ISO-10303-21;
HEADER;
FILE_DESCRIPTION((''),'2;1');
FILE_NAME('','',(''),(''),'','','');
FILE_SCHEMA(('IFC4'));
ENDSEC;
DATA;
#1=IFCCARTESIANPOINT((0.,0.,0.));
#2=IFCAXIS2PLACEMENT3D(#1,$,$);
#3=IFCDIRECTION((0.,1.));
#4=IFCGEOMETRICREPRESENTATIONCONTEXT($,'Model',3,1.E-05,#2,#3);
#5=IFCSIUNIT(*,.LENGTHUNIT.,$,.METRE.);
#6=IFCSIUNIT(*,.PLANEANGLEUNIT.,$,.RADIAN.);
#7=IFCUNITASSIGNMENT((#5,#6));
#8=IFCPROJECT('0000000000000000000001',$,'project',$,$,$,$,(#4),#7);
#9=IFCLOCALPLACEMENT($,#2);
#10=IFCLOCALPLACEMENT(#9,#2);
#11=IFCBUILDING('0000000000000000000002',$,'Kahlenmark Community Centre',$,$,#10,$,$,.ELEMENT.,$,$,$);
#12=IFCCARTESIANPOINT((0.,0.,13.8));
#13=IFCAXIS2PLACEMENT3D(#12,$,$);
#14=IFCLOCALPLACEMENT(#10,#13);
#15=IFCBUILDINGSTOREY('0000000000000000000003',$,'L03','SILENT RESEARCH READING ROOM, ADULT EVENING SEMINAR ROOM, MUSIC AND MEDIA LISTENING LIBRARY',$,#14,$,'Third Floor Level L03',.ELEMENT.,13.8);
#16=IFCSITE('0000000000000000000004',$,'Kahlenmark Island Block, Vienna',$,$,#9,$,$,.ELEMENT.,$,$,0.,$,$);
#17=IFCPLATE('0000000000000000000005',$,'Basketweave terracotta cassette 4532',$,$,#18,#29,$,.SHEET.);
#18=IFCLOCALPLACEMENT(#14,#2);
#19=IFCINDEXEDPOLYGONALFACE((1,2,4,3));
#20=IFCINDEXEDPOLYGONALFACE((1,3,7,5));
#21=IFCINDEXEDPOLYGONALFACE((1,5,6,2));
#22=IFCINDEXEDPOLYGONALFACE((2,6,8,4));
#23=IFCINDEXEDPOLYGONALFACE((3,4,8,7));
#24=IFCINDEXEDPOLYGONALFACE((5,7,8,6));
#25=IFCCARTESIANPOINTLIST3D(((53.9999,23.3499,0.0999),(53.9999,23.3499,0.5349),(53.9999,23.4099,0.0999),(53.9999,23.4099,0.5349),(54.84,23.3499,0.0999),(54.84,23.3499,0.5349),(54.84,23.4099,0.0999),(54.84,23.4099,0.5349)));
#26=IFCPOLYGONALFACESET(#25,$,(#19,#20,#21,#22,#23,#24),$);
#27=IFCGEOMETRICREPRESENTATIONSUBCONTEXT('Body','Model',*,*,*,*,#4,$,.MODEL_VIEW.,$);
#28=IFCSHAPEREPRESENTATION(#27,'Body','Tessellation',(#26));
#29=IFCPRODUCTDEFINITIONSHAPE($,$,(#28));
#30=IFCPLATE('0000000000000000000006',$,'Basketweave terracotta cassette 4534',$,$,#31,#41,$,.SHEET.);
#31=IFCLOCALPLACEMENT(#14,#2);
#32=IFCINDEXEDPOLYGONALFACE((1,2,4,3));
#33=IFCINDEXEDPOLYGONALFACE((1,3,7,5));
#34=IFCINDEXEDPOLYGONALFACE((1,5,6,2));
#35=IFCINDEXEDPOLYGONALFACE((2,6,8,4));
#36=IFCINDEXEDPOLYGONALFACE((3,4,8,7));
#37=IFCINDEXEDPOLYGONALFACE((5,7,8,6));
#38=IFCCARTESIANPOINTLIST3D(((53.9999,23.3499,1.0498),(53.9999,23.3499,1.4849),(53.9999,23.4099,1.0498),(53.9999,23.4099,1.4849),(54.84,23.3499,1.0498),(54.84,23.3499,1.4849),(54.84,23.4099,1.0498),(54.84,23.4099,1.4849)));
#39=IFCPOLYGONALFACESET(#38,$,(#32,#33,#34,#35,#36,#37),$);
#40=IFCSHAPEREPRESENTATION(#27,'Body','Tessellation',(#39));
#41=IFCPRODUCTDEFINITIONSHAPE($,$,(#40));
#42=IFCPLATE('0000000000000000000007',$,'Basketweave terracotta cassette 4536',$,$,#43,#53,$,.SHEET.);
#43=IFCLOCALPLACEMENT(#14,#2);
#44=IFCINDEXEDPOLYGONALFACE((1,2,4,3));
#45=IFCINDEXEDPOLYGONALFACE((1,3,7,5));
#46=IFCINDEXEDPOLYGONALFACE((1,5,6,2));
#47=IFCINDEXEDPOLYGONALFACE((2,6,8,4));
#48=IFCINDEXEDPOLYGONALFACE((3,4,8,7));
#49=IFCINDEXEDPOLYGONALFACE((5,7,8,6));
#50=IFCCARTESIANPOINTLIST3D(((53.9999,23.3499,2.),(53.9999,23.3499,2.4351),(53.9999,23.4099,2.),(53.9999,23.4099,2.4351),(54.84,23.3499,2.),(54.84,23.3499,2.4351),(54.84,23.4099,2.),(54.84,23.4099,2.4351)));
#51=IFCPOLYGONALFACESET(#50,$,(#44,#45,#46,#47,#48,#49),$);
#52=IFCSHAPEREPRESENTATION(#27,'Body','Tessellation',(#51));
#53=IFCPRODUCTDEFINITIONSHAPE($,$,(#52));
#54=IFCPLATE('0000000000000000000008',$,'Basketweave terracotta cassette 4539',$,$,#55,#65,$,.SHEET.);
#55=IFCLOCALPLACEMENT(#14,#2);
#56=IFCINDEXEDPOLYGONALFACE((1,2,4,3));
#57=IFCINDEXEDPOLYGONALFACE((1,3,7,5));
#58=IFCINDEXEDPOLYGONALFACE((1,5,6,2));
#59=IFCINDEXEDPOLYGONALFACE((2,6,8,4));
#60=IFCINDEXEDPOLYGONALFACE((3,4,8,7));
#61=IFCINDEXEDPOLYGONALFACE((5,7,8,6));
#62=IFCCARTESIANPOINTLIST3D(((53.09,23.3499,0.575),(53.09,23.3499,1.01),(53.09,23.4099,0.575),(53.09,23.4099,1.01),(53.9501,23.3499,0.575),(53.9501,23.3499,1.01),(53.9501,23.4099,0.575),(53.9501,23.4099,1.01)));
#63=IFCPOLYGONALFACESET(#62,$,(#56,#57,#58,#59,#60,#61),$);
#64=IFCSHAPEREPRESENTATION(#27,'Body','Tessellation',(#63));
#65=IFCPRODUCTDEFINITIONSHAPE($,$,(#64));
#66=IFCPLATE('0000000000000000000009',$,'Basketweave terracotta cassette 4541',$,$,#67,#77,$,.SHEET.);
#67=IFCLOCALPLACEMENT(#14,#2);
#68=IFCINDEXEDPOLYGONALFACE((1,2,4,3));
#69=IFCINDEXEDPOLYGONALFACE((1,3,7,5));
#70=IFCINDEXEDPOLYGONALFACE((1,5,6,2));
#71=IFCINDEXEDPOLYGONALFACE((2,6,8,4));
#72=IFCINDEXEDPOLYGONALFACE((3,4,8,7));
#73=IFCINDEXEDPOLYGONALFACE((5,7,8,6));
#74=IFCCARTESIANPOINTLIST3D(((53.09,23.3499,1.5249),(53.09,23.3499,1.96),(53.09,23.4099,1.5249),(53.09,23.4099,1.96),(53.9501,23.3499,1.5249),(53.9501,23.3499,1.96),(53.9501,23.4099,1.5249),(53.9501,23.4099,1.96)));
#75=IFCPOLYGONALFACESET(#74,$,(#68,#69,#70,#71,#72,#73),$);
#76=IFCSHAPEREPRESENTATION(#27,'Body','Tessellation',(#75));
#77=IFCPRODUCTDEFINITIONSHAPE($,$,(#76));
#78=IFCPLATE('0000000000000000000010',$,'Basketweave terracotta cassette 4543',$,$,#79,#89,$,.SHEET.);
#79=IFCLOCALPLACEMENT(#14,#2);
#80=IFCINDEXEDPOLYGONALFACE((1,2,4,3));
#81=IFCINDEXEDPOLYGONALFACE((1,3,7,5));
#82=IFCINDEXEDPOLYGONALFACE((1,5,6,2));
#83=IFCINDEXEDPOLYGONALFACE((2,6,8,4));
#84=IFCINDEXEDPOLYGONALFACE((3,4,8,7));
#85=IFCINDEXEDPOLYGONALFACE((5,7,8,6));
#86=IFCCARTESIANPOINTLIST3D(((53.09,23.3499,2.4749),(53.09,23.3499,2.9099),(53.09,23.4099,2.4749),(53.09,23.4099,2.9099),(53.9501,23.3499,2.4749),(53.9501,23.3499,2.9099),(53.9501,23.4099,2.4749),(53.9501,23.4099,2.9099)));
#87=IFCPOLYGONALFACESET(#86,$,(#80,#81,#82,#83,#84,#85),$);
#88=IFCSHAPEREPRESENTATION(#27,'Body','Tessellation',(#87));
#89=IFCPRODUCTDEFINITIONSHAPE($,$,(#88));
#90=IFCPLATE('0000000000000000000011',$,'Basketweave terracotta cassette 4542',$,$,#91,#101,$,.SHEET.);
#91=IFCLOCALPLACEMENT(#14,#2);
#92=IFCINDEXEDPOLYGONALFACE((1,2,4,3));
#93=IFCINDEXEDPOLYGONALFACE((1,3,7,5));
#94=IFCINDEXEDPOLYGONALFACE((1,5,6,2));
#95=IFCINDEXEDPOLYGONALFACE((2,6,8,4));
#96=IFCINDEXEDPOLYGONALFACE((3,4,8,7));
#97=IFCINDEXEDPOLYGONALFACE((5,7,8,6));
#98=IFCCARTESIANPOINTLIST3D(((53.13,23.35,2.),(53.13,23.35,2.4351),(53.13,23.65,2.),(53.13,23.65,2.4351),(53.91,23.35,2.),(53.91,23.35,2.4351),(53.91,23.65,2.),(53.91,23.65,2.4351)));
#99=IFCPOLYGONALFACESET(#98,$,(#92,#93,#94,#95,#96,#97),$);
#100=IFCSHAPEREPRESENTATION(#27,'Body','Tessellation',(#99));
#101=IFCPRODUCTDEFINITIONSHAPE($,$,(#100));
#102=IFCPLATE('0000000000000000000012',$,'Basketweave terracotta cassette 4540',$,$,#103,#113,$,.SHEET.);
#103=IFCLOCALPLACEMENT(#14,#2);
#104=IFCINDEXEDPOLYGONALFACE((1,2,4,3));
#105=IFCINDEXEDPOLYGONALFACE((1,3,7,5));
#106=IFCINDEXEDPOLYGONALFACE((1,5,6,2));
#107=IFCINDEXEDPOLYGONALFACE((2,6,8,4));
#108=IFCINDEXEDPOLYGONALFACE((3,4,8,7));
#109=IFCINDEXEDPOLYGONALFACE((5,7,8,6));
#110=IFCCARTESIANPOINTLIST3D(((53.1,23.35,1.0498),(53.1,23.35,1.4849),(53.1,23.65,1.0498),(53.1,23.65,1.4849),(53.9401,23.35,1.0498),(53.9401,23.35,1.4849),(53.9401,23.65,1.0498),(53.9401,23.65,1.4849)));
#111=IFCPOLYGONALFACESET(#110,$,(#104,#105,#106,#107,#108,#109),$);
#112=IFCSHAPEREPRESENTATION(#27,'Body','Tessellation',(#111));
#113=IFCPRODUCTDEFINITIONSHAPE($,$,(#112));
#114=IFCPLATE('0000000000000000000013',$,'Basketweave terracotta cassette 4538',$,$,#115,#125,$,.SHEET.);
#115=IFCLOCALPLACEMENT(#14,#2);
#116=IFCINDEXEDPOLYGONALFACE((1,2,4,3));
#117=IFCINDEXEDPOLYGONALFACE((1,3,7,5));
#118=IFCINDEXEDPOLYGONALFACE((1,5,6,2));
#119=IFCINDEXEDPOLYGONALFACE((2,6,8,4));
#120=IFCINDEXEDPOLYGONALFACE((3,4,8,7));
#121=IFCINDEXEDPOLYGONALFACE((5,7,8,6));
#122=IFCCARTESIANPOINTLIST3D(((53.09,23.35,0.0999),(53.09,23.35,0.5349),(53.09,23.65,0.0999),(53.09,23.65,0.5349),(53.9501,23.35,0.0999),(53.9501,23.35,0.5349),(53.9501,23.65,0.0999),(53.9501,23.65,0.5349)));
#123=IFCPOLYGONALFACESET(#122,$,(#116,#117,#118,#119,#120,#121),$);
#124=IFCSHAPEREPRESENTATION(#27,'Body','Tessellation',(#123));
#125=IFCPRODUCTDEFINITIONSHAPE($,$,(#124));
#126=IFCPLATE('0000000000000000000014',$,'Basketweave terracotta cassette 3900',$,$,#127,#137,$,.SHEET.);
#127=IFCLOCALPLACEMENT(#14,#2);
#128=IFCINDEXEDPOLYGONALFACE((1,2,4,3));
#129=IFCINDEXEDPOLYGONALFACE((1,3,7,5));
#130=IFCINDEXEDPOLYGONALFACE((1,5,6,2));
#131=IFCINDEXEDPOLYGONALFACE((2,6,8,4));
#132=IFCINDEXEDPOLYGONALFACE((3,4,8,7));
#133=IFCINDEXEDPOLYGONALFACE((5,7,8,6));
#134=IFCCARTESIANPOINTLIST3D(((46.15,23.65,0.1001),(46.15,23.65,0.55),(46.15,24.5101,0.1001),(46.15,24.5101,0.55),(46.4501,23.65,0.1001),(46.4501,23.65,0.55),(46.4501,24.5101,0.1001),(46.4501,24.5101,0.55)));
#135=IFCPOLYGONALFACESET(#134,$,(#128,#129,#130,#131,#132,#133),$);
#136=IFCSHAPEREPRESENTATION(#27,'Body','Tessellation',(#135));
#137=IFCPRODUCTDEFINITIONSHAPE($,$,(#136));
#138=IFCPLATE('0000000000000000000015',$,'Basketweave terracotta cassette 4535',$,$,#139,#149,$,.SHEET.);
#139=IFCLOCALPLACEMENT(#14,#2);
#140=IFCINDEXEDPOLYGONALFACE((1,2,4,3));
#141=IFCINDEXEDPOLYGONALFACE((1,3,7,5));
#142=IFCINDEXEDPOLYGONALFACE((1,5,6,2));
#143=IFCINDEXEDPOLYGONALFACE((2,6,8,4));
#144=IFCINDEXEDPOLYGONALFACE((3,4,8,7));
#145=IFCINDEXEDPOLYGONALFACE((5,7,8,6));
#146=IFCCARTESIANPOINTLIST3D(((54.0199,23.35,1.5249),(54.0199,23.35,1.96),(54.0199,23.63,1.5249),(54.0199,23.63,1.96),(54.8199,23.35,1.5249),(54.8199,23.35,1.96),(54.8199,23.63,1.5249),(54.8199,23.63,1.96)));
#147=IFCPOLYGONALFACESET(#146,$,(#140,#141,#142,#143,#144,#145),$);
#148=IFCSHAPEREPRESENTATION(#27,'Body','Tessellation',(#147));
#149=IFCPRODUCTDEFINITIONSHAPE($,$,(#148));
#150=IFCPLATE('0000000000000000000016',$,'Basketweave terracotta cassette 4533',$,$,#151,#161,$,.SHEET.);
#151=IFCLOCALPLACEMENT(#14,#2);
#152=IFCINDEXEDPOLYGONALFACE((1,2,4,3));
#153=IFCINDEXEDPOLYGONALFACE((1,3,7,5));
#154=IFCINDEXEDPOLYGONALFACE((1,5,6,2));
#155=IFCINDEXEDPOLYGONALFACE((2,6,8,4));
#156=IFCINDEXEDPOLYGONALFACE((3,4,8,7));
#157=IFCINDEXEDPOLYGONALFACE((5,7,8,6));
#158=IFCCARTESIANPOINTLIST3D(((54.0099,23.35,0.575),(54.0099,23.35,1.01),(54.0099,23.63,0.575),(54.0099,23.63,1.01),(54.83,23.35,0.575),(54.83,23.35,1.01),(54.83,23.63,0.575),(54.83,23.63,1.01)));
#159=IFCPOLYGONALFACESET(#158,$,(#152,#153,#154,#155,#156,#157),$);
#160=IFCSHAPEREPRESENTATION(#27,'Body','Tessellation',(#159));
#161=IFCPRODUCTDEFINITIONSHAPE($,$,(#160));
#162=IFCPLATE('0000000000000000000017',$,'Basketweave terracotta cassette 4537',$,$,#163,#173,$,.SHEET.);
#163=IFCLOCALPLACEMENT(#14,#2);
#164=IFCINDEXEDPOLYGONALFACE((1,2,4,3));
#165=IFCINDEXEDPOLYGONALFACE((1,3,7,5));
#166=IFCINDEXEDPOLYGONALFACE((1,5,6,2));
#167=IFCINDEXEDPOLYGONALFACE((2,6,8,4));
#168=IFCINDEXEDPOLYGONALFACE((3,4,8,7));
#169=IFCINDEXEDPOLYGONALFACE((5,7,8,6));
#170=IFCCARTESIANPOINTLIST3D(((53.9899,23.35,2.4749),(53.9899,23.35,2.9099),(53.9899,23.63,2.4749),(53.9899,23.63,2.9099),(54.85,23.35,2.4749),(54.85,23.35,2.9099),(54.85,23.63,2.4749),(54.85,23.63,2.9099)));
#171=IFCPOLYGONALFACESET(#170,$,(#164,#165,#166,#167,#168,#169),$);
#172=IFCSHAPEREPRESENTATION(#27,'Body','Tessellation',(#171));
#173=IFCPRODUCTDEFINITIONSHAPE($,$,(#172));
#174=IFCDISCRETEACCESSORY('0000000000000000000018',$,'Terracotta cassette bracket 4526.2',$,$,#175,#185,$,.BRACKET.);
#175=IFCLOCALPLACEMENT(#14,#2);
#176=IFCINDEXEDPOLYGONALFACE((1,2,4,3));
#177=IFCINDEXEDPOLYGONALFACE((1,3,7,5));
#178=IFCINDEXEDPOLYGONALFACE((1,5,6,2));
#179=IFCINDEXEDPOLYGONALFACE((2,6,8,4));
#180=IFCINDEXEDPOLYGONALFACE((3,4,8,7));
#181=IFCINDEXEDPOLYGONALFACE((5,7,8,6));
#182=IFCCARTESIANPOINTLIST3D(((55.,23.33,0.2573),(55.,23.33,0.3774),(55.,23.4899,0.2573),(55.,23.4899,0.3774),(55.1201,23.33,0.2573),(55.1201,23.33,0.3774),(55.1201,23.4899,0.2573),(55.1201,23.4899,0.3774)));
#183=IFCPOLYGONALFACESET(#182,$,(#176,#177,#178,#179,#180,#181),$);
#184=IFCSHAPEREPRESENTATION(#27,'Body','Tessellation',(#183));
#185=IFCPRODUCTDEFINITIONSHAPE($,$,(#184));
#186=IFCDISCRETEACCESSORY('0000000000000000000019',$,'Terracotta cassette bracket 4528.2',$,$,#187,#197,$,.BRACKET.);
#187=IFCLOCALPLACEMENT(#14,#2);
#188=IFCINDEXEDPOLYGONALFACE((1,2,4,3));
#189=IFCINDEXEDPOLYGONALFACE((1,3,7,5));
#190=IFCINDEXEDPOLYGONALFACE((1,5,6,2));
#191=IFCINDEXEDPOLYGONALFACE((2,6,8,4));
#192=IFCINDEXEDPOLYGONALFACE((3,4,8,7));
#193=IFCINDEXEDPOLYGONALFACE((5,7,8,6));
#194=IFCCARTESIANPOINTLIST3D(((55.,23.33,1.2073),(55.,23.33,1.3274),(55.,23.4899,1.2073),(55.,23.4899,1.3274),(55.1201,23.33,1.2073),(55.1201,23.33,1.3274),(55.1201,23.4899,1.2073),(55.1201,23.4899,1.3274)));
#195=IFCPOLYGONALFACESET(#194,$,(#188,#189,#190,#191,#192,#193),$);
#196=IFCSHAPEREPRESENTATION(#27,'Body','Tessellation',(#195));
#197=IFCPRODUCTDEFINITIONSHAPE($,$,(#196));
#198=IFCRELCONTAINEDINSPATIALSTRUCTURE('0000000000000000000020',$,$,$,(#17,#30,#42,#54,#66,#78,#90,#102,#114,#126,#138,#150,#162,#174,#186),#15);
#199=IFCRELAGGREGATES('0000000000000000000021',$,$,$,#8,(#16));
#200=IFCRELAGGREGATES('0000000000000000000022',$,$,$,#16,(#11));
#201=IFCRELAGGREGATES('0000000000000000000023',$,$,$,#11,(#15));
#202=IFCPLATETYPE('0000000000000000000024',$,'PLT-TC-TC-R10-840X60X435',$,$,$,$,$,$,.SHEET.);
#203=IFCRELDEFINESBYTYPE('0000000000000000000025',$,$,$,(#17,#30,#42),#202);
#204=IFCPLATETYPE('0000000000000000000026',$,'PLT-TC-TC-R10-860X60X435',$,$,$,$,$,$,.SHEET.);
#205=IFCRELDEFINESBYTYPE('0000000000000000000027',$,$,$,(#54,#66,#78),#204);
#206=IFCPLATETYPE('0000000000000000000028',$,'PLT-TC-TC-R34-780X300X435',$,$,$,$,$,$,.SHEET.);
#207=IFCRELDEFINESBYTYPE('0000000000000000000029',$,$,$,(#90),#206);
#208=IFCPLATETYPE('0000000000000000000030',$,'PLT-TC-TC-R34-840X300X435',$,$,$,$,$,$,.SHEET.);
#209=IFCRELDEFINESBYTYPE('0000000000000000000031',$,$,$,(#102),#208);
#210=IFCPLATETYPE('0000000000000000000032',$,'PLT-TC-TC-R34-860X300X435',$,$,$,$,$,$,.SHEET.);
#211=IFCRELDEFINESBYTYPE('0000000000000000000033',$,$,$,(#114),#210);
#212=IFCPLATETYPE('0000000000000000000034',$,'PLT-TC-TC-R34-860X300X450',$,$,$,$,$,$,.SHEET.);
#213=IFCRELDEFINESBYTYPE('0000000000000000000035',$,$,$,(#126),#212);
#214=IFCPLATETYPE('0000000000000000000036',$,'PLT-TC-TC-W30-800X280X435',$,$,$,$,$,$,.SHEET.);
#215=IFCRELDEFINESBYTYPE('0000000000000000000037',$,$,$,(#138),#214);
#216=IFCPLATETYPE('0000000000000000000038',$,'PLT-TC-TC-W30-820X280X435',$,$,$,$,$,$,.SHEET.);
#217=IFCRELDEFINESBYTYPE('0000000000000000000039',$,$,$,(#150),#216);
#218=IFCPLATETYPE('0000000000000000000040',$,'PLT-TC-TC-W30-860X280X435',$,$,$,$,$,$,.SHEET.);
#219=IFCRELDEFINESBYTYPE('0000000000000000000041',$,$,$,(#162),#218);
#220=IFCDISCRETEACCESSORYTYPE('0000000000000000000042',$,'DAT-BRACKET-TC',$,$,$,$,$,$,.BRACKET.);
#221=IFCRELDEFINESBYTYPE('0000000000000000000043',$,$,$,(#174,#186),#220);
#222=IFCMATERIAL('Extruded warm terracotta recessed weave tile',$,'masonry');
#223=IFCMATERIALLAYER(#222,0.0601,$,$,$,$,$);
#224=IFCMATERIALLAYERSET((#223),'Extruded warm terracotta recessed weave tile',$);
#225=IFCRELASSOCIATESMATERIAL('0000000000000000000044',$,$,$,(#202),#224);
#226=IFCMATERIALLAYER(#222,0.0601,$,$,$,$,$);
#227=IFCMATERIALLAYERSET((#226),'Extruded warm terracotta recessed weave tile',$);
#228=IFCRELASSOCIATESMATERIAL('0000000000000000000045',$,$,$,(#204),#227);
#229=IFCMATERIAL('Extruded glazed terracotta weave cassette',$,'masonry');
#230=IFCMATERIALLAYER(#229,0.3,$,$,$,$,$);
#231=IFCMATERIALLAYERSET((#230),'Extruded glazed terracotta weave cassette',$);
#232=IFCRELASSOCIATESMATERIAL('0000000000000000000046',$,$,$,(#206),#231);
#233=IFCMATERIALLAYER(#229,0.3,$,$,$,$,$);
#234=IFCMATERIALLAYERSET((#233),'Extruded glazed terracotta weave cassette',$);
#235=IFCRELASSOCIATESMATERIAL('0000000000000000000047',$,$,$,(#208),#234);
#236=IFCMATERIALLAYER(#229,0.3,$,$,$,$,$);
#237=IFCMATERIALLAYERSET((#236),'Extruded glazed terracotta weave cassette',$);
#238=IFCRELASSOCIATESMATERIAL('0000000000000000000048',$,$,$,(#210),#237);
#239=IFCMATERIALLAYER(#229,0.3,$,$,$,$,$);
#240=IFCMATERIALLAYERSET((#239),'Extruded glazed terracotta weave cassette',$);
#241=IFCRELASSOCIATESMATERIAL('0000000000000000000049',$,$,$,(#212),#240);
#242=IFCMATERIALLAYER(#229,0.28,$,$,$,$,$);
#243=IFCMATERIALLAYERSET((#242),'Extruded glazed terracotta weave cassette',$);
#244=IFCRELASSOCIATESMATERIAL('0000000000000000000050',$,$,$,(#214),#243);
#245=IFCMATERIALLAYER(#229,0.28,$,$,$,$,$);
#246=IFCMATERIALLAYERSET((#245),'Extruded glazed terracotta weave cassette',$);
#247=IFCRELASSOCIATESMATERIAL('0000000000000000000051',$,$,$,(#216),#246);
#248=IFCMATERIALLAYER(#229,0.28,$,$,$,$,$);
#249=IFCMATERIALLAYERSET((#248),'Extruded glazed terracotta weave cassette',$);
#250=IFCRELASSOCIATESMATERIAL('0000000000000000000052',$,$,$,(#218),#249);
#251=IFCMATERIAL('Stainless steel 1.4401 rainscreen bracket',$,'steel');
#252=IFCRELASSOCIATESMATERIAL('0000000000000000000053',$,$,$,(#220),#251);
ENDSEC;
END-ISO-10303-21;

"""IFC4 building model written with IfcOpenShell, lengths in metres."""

from ifc_helpers import new_model, si_unit, direction, frame, origin, origin_2d, place, context, subcontext, project, spatial, rectangle, extrude, material, layer, layer_set, type_object, element, save


model = new_model("IFC4")

# Units and contexts
model_context = context("Model", 3, precision=1e-05, world=origin(), true_north=direction((0.0, 1.0)))
body_context = subcontext(model_context, "Body", "Model", "MODEL_VIEW")
ifc_project = project(units=[si_unit("LENGTHUNIT", "METRE"), si_unit("PLANEANGLEUNIT", "RADIAN")], contexts=[model_context])

# Site, building, storey
site_placement = place(None, origin())
site = spatial("IfcSite", under=ifc_project, at=site_placement, Name="Kahlenmark Island Block, Vienna", CompositionType="ELEMENT", RefElevation=0.0)
building_placement = place(site_placement, origin())
building = spatial("IfcBuilding", under=site, at=building_placement, Name="Kahlenmark Community Centre", CompositionType="ELEMENT")
storey_placement = place(building_placement, frame((0.0, 0.0, 13.8)))
storey = spatial("IfcBuildingStorey", under=building, at=storey_placement, Name="L03", Description="SILENT RESEARCH READING ROOM, ADULT EVENING SEMINAR ROOM, MUSIC AND MEDIA LISTENING LIBRARY", LongName="Third Floor Level L03", CompositionType="ELEMENT", Elevation=13.8)

# Plates
ifc_material_1 = material(Name="Extruded warm terracotta recessed weave tile", Category="masonry")
ifc_layer_1 = layer(ifc_material_1, 0.0601)
ifc_layer_set_1 = layer_set([ifc_layer_1], Name="Extruded warm terracotta recessed weave tile")
plate_type_1 = type_object("IfcPlateType", Name="PLT-TC-TC-R10-840X60X435", PredefinedType="SHEET", material=ifc_layer_set_1)
for number, where, z_axis, x_axis, name in (
    (1, (54.4199, 23.3799, 0.0999), (0.0, 0.0, 1.0), (-1.0, 0.0, 0.0), "Basketweave terracotta cassette 4532"),
    (2, (54.4199, 23.3799, 1.0498), (0.0, 0.0, 1.0), (-1.0, 0.0, 0.0), "Basketweave terracotta cassette 4534"),
    (3, (54.4199, 23.3799, 2.0), (0.0, 0.0, 1.0), (-1.0, 0.0, 0.0), "Basketweave terracotta cassette 4536"),
):
    element("IfcPlate", number, at=place(storey_placement, frame(where, z_axis=z_axis, x_axis=x_axis)), inside=storey, type_object=plate_type_1, Name=name, PredefinedType="SHEET", context=body_context, shape_type="SweptSolid", body=[
        extrude(rectangle(XDim=0.8401, YDim=0.0601, at=origin_2d()), origin(), (0.0, 0.0, 1.0), 0.4351),
    ])
ifc_layer_2 = layer(ifc_material_1, 0.0601)
ifc_layer_set_2 = layer_set([ifc_layer_2], Name="Extruded warm terracotta recessed weave tile")
plate_type_2 = type_object("IfcPlateType", Name="PLT-TC-TC-R10-860X60X435", PredefinedType="SHEET", material=ifc_layer_set_2)
for number, where, z_axis, x_axis, name in (
    (4, (53.52, 23.3799, 0.575), (0.0, 0.0, 1.0), (-1.0, 0.0, 0.0), "Basketweave terracotta cassette 4539"),
    (5, (53.52, 23.3799, 1.5249), (0.0, 0.0, 1.0), (-1.0, 0.0, 0.0), "Basketweave terracotta cassette 4541"),
    (6, (53.52, 23.3799, 2.4749), (0.0, 0.0, 1.0), (-1.0, 0.0, 0.0), "Basketweave terracotta cassette 4543"),
):
    element("IfcPlate", number, at=place(storey_placement, frame(where, z_axis=z_axis, x_axis=x_axis)), inside=storey, type_object=plate_type_2, Name=name, PredefinedType="SHEET", context=body_context, shape_type="SweptSolid", body=[
        extrude(rectangle(XDim=0.8601, YDim=0.0601, at=origin_2d()), origin(), (0.0, 0.0, 1.0), 0.4351),
    ])
ifc_material_2 = material(Name="Extruded glazed terracotta weave cassette", Category="masonry")
ifc_layer_3 = layer(ifc_material_2, 0.3)
ifc_layer_set_3 = layer_set([ifc_layer_3], Name="Extruded glazed terracotta weave cassette")
plate_type_3 = type_object("IfcPlateType", Name="PLT-TC-TC-R34-780X300X435", PredefinedType="SHEET", material=ifc_layer_set_3)
plate_1_placement = place(storey_placement, frame((53.52, 23.5, 2.0), z_axis=(0.0, 0.0, 1.0), x_axis=(-1.0, 0.0, 0.0)))
element("IfcPlate", 7, at=plate_1_placement, inside=storey, type_object=plate_type_3, Name="Basketweave terracotta cassette 4542", PredefinedType="SHEET", context=body_context, shape_type="SweptSolid", body=[
    extrude(rectangle(XDim=0.78, YDim=0.3, at=origin_2d()), origin(), (0.0, 0.0, 1.0), 0.4351),
])
ifc_layer_4 = layer(ifc_material_2, 0.3)
ifc_layer_set_4 = layer_set([ifc_layer_4], Name="Extruded glazed terracotta weave cassette")
plate_type_4 = type_object("IfcPlateType", Name="PLT-TC-TC-R34-840X300X435", PredefinedType="SHEET", material=ifc_layer_set_4)
plate_2_placement = place(storey_placement, frame((53.52, 23.5, 1.0498), z_axis=(0.0, 0.0, 1.0), x_axis=(-1.0, 0.0, 0.0)))
element("IfcPlate", 8, at=plate_2_placement, inside=storey, type_object=plate_type_4, Name="Basketweave terracotta cassette 4540", PredefinedType="SHEET", context=body_context, shape_type="SweptSolid", body=[
    extrude(rectangle(XDim=0.8401, YDim=0.3, at=origin_2d()), origin(), (0.0, 0.0, 1.0), 0.4351),
])
ifc_layer_5 = layer(ifc_material_2, 0.3)
ifc_layer_set_5 = layer_set([ifc_layer_5], Name="Extruded glazed terracotta weave cassette")
plate_type_5 = type_object("IfcPlateType", Name="PLT-TC-TC-R34-860X300X435", PredefinedType="SHEET", material=ifc_layer_set_5)
plate_3_placement = place(storey_placement, frame((53.52, 23.5, 0.0999), z_axis=(0.0, 0.0, 1.0), x_axis=(-1.0, 0.0, 0.0)))
element("IfcPlate", 9, at=plate_3_placement, inside=storey, type_object=plate_type_5, Name="Basketweave terracotta cassette 4538", PredefinedType="SHEET", context=body_context, shape_type="SweptSolid", body=[
    extrude(rectangle(XDim=0.8601, YDim=0.3, at=origin_2d()), origin(), (0.0, 0.0, 1.0), 0.4351),
])
ifc_layer_6 = layer(ifc_material_2, 0.3)
ifc_layer_set_6 = layer_set([ifc_layer_6], Name="Extruded glazed terracotta weave cassette")
plate_type_6 = type_object("IfcPlateType", Name="PLT-TC-TC-R34-860X300X450", PredefinedType="SHEET", material=ifc_layer_set_6)
plate_4_placement = place(storey_placement, frame((46.3, 24.0801, 0.1001), z_axis=(0.0, 0.0, 1.0), x_axis=(0.0, 1.0, 0.0)))
element("IfcPlate", 10, at=plate_4_placement, inside=storey, type_object=plate_type_6, Name="Basketweave terracotta cassette 3900", PredefinedType="SHEET", context=body_context, shape_type="SweptSolid", body=[
    extrude(rectangle(XDim=0.8601, YDim=0.3, at=origin_2d()), origin(), (0.0, 0.0, 1.0), 0.45),
])
ifc_layer_7 = layer(ifc_material_2, 0.28)
ifc_layer_set_7 = layer_set([ifc_layer_7], Name="Extruded glazed terracotta weave cassette")
plate_type_7 = type_object("IfcPlateType", Name="PLT-TC-TC-W30-800X280X435", PredefinedType="SHEET", material=ifc_layer_set_7)
plate_5_placement = place(storey_placement, frame((54.4199, 23.49, 1.5249), z_axis=(0.0, 0.0, 1.0), x_axis=(-1.0, 0.0, 0.0)))
element("IfcPlate", 11, at=plate_5_placement, inside=storey, type_object=plate_type_7, Name="Basketweave terracotta cassette 4535", PredefinedType="SHEET", context=body_context, shape_type="SweptSolid", body=[
    extrude(rectangle(XDim=0.8, YDim=0.28, at=origin_2d()), origin(), (0.0, 0.0, 1.0), 0.4351),
])
ifc_layer_8 = layer(ifc_material_2, 0.28)
ifc_layer_set_8 = layer_set([ifc_layer_8], Name="Extruded glazed terracotta weave cassette")
plate_type_8 = type_object("IfcPlateType", Name="PLT-TC-TC-W30-820X280X435", PredefinedType="SHEET", material=ifc_layer_set_8)
plate_6_placement = place(storey_placement, frame((54.4199, 23.49, 0.575), z_axis=(0.0, 0.0, 1.0), x_axis=(-1.0, 0.0, 0.0)))
element("IfcPlate", 12, at=plate_6_placement, inside=storey, type_object=plate_type_8, Name="Basketweave terracotta cassette 4533", PredefinedType="SHEET", context=body_context, shape_type="SweptSolid", body=[
    extrude(rectangle(XDim=0.8201, YDim=0.28, at=origin_2d()), origin(), (0.0, 0.0, 1.0), 0.4351),
])
ifc_layer_9 = layer(ifc_material_2, 0.28)
ifc_layer_set_9 = layer_set([ifc_layer_9], Name="Extruded glazed terracotta weave cassette")
plate_type_9 = type_object("IfcPlateType", Name="PLT-TC-TC-W30-860X280X435", PredefinedType="SHEET", material=ifc_layer_set_9)
plate_7_placement = place(storey_placement, frame((54.4199, 23.49, 2.4749), z_axis=(0.0, 0.0, 1.0), x_axis=(-1.0, 0.0, 0.0)))
element("IfcPlate", 13, at=plate_7_placement, inside=storey, type_object=plate_type_9, Name="Basketweave terracotta cassette 4537", PredefinedType="SHEET", context=body_context, shape_type="SweptSolid", body=[
    extrude(rectangle(XDim=0.8601, YDim=0.28, at=origin_2d()), origin(), (0.0, 0.0, 1.0), 0.4351),
])

# Discrete accessories
ifc_material_3 = material(Name="Stainless steel 1.4401 rainscreen bracket", Category="steel")
discrete_accessory_type = type_object("IfcDiscreteAccessoryType", Name="DAT-BRACKET-TC", PredefinedType="BRACKET", material=ifc_material_3)
for number, where, z_axis, x_axis, name in (
    (14, (55.0601, 23.4099, 0.2573), (0.0, 0.0, 1.0), (-1.0, 0.0, 0.0), "Terracotta cassette bracket 4526.2"),
    (15, (55.0601, 23.4099, 1.2073), (0.0, 0.0, 1.0), (-1.0, 0.0, 0.0), "Terracotta cassette bracket 4528.2"),
):
    element("IfcDiscreteAccessory", number, at=place(storey_placement, frame(where, z_axis=z_axis, x_axis=x_axis)), inside=storey, type_object=discrete_accessory_type, Name=name, PredefinedType="BRACKET", context=body_context, shape_type="SweptSolid", body=[
        extrude(rectangle(XDim=0.1201, YDim=0.1599, at=origin_2d()), origin(), (0.0, 0.0, 1.0), 0.1201),
    ])

save(model, "model.ifc")
